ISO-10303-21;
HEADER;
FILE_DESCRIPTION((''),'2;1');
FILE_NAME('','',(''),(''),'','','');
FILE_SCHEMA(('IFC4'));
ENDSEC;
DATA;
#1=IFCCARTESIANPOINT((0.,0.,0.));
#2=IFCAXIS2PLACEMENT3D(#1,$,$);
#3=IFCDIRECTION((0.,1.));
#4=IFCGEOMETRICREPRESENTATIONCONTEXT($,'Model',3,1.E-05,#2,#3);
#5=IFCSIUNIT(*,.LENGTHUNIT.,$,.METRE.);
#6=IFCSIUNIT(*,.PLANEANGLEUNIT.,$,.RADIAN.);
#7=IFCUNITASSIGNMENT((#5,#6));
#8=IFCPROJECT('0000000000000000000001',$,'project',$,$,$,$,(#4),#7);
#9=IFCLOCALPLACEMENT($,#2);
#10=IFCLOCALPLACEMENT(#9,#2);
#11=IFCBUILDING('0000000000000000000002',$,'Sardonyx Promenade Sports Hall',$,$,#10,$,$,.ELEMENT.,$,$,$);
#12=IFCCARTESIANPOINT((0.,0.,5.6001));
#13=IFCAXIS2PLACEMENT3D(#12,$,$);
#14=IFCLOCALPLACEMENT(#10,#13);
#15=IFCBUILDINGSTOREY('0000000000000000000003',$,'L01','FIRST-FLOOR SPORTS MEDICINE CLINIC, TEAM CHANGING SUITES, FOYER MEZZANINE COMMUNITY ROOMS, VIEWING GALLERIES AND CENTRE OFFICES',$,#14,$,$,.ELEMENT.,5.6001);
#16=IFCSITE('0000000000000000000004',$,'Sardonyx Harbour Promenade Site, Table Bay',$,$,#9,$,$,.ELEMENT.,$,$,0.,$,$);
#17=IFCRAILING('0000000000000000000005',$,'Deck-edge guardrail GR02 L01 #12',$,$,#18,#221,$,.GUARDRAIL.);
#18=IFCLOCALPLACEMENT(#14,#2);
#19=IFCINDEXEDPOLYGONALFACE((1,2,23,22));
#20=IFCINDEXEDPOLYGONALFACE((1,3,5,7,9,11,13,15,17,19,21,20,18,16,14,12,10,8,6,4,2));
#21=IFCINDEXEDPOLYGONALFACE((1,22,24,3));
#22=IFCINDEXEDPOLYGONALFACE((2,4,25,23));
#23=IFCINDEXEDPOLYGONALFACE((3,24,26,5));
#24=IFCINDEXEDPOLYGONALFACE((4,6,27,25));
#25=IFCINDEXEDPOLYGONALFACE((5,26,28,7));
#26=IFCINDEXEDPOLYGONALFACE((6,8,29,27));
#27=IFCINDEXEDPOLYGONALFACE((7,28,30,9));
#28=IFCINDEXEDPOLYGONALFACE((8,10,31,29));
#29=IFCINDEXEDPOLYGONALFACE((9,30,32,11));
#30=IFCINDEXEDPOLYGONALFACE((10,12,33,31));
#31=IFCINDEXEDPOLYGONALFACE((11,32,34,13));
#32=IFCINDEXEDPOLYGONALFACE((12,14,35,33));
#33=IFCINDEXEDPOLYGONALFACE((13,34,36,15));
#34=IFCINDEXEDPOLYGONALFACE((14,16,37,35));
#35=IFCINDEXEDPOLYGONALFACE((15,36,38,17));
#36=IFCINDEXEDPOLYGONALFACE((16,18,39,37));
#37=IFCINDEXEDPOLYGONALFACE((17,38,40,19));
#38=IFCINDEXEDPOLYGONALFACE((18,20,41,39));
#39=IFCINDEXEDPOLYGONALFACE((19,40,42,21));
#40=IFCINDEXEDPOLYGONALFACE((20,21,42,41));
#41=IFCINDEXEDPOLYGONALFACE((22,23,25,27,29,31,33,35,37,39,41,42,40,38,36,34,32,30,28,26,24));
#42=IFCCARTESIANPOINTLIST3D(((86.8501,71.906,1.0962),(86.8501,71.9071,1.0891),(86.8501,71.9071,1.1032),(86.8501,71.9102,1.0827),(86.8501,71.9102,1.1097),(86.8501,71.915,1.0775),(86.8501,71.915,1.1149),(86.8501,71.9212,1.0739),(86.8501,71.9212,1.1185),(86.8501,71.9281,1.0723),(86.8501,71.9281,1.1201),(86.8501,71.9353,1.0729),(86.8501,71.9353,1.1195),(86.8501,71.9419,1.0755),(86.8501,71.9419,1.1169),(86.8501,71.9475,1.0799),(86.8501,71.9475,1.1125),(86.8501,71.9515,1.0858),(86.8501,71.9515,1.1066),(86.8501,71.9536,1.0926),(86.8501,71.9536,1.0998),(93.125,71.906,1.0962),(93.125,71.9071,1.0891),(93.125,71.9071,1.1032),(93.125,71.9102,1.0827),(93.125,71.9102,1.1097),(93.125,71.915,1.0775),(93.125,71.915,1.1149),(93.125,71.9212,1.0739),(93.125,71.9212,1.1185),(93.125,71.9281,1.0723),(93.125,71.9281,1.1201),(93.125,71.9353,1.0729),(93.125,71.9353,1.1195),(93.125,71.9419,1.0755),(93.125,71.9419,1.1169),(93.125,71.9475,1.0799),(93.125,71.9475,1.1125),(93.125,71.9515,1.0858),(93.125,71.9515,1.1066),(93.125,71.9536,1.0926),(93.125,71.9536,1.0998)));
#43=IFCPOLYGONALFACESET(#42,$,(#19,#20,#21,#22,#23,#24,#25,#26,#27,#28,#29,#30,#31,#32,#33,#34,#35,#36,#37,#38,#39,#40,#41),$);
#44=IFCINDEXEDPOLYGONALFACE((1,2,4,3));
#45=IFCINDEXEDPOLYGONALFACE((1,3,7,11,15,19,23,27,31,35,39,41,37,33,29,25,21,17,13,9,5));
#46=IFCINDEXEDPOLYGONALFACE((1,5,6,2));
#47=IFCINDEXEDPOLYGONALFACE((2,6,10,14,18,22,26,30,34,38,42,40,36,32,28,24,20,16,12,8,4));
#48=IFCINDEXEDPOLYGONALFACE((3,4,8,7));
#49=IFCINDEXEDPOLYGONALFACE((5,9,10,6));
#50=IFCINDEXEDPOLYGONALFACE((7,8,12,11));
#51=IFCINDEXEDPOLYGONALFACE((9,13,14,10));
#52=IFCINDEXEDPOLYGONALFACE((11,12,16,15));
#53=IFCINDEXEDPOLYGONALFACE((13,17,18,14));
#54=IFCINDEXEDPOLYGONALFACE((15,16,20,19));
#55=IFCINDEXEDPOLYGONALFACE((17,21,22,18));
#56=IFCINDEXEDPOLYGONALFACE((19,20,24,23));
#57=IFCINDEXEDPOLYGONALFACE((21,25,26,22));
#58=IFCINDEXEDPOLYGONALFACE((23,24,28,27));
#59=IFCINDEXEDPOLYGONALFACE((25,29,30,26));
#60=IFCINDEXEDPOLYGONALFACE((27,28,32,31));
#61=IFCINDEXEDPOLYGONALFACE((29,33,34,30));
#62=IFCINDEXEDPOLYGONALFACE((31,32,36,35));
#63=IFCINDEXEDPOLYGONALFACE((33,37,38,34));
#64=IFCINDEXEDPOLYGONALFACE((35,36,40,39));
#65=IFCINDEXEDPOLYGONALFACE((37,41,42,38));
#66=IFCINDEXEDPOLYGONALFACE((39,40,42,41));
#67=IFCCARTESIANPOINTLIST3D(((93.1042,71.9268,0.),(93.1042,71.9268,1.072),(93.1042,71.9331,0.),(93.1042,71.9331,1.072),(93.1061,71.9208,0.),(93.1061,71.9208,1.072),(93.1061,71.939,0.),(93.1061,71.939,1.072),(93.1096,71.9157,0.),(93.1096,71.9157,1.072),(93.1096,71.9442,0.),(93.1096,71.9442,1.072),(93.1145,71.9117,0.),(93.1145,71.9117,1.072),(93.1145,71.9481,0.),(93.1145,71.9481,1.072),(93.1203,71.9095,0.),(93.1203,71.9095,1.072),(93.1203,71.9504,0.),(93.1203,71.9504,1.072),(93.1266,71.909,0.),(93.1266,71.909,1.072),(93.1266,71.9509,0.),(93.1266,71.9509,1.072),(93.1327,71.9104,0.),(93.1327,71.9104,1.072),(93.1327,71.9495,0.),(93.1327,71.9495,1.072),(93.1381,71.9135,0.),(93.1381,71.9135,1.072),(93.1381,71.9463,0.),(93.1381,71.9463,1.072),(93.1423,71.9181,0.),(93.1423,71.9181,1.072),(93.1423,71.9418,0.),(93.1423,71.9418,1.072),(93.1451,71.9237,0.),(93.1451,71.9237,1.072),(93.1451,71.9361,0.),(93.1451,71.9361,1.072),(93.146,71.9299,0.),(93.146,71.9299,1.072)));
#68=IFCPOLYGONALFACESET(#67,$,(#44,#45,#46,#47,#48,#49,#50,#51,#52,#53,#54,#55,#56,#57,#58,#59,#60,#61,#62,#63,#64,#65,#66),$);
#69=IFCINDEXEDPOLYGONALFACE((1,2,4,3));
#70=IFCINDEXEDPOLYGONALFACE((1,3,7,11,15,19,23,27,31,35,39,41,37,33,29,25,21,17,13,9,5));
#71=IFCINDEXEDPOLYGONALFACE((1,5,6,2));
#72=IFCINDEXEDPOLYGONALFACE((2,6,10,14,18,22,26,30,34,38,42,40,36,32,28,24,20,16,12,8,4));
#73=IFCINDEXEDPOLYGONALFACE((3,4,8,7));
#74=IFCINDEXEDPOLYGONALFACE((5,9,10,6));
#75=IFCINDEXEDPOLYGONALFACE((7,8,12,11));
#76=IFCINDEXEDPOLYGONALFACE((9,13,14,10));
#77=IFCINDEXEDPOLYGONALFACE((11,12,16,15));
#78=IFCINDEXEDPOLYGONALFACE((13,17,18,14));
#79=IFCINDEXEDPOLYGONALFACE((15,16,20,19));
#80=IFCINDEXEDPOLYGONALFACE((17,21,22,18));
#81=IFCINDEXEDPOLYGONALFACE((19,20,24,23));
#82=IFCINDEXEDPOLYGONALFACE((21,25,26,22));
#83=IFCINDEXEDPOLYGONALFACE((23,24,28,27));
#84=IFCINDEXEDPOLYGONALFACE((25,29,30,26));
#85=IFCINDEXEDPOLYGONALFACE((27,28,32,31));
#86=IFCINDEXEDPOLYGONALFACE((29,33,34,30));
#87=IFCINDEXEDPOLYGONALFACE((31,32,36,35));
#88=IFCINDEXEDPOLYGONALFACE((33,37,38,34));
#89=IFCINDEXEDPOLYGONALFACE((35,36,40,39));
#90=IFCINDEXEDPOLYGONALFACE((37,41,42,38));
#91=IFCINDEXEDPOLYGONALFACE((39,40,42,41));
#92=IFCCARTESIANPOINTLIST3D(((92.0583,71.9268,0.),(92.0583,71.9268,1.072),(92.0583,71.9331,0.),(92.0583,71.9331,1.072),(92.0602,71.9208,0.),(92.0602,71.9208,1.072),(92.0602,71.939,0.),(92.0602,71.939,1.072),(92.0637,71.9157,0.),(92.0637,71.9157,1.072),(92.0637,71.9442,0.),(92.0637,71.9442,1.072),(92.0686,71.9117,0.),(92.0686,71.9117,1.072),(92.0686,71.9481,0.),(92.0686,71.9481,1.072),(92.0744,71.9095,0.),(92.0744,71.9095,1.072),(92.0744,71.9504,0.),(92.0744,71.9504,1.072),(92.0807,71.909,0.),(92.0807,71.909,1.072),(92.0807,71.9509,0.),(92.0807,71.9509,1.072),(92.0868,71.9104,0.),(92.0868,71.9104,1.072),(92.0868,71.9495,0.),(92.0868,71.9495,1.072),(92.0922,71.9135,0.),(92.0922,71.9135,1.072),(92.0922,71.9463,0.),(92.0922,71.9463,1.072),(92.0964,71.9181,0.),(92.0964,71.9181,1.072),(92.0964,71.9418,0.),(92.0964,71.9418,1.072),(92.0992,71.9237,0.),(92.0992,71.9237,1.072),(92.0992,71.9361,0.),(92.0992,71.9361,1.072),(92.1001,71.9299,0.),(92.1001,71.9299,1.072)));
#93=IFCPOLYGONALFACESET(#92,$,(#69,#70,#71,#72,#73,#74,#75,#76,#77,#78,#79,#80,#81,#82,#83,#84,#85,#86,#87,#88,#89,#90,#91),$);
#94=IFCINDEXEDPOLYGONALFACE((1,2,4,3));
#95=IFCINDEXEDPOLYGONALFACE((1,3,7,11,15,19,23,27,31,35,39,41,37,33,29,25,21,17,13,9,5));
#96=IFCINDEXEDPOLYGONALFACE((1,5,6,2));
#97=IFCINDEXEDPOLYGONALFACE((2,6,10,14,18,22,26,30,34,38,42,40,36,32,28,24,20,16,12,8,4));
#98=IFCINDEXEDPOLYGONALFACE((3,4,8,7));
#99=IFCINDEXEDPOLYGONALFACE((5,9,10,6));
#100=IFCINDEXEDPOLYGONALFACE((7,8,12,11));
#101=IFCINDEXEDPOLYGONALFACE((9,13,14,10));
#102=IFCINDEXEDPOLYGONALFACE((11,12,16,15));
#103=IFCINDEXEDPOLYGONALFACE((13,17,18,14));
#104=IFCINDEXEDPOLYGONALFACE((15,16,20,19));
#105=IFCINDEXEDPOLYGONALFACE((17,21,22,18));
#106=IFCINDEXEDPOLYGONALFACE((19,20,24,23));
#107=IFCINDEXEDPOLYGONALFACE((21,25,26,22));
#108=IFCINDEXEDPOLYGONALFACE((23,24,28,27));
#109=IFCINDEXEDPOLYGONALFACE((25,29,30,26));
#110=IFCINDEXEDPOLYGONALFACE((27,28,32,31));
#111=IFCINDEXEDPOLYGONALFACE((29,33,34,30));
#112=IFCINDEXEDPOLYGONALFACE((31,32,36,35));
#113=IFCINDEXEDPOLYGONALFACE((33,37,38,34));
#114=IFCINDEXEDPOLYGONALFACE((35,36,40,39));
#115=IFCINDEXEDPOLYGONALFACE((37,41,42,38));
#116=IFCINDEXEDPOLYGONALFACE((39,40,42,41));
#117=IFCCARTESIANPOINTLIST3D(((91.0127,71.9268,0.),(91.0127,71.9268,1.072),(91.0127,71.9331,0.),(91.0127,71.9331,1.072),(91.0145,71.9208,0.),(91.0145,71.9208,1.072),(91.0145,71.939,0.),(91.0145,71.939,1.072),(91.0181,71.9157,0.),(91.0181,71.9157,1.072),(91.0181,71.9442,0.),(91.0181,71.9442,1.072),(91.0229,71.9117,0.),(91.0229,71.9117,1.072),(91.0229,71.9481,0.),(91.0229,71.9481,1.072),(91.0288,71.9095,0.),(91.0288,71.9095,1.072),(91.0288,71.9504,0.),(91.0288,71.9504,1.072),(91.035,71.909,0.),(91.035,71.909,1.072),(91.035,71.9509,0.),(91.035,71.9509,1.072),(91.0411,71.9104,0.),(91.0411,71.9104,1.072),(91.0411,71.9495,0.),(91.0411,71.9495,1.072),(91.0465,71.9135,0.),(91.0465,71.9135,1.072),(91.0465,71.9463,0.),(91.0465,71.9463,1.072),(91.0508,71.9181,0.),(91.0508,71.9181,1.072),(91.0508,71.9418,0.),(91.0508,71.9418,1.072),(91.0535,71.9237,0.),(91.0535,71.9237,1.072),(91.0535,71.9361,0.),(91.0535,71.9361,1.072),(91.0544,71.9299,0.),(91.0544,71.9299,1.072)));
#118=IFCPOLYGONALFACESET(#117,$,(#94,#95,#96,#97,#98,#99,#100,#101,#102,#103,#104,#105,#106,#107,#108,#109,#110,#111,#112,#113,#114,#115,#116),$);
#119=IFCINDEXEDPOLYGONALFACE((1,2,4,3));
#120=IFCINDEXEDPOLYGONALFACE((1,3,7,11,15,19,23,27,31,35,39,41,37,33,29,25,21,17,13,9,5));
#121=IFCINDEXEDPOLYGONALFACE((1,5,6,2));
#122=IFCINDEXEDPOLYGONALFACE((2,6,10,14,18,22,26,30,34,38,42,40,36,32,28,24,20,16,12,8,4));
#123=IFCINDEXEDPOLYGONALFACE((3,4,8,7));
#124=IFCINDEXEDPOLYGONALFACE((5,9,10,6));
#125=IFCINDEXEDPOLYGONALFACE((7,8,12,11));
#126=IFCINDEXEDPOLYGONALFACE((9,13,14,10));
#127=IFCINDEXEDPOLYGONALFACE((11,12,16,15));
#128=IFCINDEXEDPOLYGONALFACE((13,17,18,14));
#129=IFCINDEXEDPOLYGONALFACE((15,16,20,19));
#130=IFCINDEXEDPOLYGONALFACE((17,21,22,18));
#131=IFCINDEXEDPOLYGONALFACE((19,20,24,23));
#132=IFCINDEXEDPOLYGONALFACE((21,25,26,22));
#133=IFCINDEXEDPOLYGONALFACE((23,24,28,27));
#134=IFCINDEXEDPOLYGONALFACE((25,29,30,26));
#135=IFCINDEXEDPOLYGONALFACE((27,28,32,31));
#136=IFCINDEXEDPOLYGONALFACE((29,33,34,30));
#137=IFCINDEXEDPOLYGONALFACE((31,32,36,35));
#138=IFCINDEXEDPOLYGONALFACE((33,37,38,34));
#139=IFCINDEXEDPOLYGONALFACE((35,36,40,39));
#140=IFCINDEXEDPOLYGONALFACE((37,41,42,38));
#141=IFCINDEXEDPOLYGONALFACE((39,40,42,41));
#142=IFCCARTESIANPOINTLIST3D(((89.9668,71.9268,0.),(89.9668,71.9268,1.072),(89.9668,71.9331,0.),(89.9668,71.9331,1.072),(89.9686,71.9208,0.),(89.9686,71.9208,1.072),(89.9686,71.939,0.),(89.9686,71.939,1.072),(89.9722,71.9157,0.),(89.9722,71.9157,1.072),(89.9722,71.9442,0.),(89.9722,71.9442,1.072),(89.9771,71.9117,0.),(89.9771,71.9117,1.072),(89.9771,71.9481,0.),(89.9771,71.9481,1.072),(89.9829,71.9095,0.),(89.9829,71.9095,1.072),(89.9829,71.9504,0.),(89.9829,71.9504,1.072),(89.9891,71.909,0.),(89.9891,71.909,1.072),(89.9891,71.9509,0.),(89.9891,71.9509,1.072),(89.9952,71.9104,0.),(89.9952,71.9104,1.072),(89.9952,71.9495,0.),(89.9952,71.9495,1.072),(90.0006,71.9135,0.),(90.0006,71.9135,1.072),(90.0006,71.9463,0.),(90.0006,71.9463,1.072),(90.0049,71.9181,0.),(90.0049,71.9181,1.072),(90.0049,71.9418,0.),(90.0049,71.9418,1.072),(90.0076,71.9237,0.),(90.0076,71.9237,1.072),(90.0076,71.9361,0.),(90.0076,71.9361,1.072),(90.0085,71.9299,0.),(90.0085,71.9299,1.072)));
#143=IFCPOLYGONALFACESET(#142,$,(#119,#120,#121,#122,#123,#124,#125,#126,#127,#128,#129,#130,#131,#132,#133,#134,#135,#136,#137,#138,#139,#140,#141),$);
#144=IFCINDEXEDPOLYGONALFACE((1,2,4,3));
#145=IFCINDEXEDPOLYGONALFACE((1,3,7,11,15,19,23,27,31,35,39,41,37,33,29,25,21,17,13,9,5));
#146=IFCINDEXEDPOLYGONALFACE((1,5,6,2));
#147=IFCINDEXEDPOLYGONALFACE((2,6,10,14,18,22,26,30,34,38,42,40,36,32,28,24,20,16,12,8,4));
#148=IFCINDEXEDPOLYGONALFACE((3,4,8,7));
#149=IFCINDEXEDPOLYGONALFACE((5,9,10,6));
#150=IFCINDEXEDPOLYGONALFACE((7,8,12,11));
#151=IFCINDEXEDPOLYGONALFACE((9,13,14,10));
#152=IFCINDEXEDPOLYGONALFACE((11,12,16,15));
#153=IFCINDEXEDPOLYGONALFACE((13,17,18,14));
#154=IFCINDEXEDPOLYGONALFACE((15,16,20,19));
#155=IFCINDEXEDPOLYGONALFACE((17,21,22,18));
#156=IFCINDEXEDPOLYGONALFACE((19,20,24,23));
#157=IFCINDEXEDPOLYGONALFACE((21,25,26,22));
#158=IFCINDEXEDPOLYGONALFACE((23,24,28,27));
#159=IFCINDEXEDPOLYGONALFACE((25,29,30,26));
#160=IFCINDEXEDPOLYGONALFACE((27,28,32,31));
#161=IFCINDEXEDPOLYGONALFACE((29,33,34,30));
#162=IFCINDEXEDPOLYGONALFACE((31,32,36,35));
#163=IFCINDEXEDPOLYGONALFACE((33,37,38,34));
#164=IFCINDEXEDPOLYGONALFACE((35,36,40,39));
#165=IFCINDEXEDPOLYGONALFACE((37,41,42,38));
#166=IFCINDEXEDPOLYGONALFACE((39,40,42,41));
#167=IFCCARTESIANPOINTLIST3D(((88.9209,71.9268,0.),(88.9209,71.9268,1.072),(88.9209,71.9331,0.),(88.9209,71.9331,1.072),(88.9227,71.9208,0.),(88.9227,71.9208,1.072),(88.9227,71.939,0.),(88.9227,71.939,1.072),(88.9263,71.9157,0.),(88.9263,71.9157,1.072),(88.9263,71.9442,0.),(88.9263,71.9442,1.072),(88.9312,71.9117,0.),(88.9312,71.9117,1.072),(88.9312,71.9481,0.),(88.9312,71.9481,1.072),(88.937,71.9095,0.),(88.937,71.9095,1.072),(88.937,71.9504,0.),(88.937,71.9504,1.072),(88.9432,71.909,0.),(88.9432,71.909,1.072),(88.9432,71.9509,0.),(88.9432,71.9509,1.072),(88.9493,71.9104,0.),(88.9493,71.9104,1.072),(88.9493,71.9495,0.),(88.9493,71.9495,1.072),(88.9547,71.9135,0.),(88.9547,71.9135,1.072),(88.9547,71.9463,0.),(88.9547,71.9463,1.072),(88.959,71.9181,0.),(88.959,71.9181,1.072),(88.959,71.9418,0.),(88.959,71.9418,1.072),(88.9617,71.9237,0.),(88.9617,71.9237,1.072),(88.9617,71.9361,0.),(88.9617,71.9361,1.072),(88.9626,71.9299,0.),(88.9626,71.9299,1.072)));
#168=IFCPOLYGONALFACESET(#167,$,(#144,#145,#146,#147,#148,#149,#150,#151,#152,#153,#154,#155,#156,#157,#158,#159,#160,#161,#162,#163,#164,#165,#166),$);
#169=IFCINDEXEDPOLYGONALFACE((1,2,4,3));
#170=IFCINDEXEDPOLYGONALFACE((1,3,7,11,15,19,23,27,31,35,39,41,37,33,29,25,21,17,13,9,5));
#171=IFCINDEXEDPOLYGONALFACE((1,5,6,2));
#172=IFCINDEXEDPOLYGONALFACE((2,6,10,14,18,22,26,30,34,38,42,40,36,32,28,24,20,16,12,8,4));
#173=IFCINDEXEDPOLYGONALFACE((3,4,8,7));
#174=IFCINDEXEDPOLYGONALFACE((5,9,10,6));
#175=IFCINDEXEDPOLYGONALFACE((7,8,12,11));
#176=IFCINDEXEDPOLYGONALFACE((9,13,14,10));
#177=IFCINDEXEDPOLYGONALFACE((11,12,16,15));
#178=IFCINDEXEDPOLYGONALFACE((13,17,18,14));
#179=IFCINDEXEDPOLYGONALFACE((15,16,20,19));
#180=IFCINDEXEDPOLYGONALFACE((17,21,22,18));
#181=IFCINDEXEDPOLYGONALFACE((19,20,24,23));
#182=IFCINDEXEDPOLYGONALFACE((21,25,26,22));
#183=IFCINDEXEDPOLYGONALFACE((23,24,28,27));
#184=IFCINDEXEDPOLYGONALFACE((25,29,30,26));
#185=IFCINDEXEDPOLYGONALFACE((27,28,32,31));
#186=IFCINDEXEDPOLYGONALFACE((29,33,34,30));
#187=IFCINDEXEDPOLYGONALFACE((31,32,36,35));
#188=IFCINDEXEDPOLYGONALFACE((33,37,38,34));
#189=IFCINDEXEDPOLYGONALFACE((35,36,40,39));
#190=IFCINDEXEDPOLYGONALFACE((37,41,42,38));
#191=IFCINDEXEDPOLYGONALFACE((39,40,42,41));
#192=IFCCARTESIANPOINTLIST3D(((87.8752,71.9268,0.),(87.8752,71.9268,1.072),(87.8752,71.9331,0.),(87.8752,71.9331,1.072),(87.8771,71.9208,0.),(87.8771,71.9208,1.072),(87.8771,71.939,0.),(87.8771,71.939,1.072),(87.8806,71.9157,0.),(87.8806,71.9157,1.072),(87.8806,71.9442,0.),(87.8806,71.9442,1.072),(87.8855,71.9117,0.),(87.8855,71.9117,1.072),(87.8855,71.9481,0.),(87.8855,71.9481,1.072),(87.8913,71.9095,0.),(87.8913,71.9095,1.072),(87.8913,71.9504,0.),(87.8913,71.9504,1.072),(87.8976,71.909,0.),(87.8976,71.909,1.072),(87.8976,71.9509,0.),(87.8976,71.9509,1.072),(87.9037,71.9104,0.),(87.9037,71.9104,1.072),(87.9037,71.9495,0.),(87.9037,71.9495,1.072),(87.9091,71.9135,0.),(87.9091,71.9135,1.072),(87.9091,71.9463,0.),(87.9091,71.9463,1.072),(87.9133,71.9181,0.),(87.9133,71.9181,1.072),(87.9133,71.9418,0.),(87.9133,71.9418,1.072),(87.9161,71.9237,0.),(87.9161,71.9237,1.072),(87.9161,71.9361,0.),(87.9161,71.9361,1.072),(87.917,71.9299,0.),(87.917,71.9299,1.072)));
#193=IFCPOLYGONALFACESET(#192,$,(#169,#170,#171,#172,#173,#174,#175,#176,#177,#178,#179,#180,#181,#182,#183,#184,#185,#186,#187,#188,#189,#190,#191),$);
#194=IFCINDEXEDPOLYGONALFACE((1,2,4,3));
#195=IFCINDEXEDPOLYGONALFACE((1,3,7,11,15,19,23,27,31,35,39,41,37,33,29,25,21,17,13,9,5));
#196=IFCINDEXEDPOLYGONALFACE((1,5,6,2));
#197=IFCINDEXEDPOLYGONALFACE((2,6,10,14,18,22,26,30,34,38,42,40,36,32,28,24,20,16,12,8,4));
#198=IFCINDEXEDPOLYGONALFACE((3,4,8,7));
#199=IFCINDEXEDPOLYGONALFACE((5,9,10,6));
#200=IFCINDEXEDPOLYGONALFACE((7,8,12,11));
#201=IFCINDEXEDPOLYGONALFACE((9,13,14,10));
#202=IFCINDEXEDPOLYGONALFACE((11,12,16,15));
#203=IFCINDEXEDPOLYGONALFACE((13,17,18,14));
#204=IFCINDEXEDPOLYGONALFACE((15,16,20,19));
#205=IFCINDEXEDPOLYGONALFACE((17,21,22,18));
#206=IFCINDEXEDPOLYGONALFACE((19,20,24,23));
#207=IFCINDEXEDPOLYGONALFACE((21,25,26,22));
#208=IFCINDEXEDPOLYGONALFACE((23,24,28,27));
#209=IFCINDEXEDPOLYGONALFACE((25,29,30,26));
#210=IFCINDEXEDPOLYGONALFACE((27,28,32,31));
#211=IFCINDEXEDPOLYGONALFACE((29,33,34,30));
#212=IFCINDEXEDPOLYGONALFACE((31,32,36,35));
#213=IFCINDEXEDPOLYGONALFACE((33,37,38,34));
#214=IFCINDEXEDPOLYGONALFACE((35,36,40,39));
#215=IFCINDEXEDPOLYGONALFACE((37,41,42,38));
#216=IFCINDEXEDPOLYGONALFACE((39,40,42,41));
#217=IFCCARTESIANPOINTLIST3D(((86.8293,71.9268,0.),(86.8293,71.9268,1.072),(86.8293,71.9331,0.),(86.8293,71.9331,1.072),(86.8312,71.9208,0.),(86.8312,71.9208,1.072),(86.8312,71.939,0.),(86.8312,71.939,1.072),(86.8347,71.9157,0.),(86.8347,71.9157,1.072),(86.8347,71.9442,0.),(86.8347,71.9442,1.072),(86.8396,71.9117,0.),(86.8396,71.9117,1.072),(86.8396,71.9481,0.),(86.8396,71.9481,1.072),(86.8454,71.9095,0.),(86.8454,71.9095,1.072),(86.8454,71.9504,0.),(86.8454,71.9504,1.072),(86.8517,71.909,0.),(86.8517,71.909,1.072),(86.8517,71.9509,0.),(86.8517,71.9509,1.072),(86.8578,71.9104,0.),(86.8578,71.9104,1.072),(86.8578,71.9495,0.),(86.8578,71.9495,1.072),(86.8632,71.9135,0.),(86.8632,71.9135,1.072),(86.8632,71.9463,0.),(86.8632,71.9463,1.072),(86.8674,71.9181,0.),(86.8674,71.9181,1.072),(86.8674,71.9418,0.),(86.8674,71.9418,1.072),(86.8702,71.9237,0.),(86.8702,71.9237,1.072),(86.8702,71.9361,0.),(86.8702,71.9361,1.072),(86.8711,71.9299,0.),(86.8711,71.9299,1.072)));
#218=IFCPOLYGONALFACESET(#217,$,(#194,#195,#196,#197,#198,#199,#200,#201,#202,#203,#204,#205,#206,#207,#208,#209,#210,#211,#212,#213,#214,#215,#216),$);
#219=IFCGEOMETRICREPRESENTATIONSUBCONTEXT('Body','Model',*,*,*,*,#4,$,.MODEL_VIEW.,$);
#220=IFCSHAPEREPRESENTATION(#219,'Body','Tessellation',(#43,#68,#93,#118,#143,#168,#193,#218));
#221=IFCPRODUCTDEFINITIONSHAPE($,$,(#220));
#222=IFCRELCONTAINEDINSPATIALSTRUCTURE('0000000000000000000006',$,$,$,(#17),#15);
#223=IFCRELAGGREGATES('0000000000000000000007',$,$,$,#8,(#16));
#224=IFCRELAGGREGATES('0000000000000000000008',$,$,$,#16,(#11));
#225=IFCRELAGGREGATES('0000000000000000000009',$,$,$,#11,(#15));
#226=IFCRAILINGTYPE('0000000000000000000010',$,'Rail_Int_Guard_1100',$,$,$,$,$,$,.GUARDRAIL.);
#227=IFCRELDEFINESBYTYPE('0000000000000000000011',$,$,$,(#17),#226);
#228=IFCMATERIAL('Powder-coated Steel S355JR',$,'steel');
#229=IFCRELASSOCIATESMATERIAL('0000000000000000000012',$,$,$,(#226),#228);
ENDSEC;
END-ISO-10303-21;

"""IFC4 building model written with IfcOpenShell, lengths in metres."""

from ifc_helpers import new_model, si_unit, direction, frame, origin, origin_2d, place, context, subcontext, project, spatial, circle, extrude, material, type_object, element, save


model = new_model("IFC4")

# Units and contexts
model_context = context("Model", 3, precision=1e-05, world=origin(), true_north=direction((0.0, 1.0)))
body_context = subcontext(model_context, "Body", "Model", "MODEL_VIEW")
ifc_project = project(units=[si_unit("LENGTHUNIT", "METRE"), si_unit("PLANEANGLEUNIT", "RADIAN")], contexts=[model_context])

# Site, building, storey
site_placement = place(None, origin())
site = spatial("IfcSite", under=ifc_project, at=site_placement, Name="Sardonyx Harbour Promenade Site, Table Bay", CompositionType="ELEMENT", RefElevation=0.0)
building_placement = place(site_placement, origin())
building = spatial("IfcBuilding", under=site, at=building_placement, Name="Sardonyx Promenade Sports Hall", CompositionType="ELEMENT")
storey_placement = place(building_placement, frame((0.0, 0.0, 5.6001)))
storey = spatial("IfcBuildingStorey", under=building, at=storey_placement, Name="L01", Description="FIRST-FLOOR SPORTS MEDICINE CLINIC, TEAM CHANGING SUITES, FOYER MEZZANINE COMMUNITY ROOMS, VIEWING GALLERIES AND CENTRE OFFICES", CompositionType="ELEMENT", Elevation=5.6001)

# Railing
ifc_material_1 = material(Name="Powder-coated Steel S355JR", Category="steel")
railing_type = type_object("IfcRailingType", Name="Rail_Int_Guard_1100", PredefinedType="GUARDRAIL", material=ifc_material_1)
railing_1_placement = place(storey_placement, frame((93.125, 71.9299, 0.0)))
element("IfcRailing", 1, at=railing_1_placement, inside=storey, type_object=railing_type, Name="Deck-edge guardrail GR02 L01 #12", PredefinedType="GUARDRAIL", context=body_context, shape_type="SweptSolid", body=[
    extrude(circle(Radius=0.0239, at=origin_2d()), frame((0.0, 0.0, 1.0962), z_axis=(-1.0, 0.0, 0.0), x_axis=(0.0, -1.0, 0.0)), (0.0, 0.0, 1.0), 6.2749),
    extrude(circle(Radius=0.021, at=origin_2d()), origin(), (0.0, 0.0, 1.0), 1.072),
    extrude(circle(Radius=0.021, at=origin_2d()), frame((-1.0459, 0.0, 0.0)), (0.0, 0.0, 1.0), 1.072),
    extrude(circle(Radius=0.021, at=origin_2d()), frame((-2.0916, 0.0, 0.0)), (0.0, 0.0, 1.0), 1.072),
    extrude(circle(Radius=0.021, at=origin_2d()), frame((-3.1375, 0.0, 0.0)), (0.0, 0.0, 1.0), 1.072),
    extrude(circle(Radius=0.021, at=origin_2d()), frame((-4.1833, 0.0, 0.0)), (0.0, 0.0, 1.0), 1.072),
    extrude(circle(Radius=0.021, at=origin_2d()), frame((-5.229, 0.0, 0.0)), (0.0, 0.0, 1.0), 1.072),
    extrude(circle(Radius=0.021, at=origin_2d()), frame((-6.2749, 0.0, 0.0)), (0.0, 0.0, 1.0), 1.072),
])

save(model, "model.ifc")
